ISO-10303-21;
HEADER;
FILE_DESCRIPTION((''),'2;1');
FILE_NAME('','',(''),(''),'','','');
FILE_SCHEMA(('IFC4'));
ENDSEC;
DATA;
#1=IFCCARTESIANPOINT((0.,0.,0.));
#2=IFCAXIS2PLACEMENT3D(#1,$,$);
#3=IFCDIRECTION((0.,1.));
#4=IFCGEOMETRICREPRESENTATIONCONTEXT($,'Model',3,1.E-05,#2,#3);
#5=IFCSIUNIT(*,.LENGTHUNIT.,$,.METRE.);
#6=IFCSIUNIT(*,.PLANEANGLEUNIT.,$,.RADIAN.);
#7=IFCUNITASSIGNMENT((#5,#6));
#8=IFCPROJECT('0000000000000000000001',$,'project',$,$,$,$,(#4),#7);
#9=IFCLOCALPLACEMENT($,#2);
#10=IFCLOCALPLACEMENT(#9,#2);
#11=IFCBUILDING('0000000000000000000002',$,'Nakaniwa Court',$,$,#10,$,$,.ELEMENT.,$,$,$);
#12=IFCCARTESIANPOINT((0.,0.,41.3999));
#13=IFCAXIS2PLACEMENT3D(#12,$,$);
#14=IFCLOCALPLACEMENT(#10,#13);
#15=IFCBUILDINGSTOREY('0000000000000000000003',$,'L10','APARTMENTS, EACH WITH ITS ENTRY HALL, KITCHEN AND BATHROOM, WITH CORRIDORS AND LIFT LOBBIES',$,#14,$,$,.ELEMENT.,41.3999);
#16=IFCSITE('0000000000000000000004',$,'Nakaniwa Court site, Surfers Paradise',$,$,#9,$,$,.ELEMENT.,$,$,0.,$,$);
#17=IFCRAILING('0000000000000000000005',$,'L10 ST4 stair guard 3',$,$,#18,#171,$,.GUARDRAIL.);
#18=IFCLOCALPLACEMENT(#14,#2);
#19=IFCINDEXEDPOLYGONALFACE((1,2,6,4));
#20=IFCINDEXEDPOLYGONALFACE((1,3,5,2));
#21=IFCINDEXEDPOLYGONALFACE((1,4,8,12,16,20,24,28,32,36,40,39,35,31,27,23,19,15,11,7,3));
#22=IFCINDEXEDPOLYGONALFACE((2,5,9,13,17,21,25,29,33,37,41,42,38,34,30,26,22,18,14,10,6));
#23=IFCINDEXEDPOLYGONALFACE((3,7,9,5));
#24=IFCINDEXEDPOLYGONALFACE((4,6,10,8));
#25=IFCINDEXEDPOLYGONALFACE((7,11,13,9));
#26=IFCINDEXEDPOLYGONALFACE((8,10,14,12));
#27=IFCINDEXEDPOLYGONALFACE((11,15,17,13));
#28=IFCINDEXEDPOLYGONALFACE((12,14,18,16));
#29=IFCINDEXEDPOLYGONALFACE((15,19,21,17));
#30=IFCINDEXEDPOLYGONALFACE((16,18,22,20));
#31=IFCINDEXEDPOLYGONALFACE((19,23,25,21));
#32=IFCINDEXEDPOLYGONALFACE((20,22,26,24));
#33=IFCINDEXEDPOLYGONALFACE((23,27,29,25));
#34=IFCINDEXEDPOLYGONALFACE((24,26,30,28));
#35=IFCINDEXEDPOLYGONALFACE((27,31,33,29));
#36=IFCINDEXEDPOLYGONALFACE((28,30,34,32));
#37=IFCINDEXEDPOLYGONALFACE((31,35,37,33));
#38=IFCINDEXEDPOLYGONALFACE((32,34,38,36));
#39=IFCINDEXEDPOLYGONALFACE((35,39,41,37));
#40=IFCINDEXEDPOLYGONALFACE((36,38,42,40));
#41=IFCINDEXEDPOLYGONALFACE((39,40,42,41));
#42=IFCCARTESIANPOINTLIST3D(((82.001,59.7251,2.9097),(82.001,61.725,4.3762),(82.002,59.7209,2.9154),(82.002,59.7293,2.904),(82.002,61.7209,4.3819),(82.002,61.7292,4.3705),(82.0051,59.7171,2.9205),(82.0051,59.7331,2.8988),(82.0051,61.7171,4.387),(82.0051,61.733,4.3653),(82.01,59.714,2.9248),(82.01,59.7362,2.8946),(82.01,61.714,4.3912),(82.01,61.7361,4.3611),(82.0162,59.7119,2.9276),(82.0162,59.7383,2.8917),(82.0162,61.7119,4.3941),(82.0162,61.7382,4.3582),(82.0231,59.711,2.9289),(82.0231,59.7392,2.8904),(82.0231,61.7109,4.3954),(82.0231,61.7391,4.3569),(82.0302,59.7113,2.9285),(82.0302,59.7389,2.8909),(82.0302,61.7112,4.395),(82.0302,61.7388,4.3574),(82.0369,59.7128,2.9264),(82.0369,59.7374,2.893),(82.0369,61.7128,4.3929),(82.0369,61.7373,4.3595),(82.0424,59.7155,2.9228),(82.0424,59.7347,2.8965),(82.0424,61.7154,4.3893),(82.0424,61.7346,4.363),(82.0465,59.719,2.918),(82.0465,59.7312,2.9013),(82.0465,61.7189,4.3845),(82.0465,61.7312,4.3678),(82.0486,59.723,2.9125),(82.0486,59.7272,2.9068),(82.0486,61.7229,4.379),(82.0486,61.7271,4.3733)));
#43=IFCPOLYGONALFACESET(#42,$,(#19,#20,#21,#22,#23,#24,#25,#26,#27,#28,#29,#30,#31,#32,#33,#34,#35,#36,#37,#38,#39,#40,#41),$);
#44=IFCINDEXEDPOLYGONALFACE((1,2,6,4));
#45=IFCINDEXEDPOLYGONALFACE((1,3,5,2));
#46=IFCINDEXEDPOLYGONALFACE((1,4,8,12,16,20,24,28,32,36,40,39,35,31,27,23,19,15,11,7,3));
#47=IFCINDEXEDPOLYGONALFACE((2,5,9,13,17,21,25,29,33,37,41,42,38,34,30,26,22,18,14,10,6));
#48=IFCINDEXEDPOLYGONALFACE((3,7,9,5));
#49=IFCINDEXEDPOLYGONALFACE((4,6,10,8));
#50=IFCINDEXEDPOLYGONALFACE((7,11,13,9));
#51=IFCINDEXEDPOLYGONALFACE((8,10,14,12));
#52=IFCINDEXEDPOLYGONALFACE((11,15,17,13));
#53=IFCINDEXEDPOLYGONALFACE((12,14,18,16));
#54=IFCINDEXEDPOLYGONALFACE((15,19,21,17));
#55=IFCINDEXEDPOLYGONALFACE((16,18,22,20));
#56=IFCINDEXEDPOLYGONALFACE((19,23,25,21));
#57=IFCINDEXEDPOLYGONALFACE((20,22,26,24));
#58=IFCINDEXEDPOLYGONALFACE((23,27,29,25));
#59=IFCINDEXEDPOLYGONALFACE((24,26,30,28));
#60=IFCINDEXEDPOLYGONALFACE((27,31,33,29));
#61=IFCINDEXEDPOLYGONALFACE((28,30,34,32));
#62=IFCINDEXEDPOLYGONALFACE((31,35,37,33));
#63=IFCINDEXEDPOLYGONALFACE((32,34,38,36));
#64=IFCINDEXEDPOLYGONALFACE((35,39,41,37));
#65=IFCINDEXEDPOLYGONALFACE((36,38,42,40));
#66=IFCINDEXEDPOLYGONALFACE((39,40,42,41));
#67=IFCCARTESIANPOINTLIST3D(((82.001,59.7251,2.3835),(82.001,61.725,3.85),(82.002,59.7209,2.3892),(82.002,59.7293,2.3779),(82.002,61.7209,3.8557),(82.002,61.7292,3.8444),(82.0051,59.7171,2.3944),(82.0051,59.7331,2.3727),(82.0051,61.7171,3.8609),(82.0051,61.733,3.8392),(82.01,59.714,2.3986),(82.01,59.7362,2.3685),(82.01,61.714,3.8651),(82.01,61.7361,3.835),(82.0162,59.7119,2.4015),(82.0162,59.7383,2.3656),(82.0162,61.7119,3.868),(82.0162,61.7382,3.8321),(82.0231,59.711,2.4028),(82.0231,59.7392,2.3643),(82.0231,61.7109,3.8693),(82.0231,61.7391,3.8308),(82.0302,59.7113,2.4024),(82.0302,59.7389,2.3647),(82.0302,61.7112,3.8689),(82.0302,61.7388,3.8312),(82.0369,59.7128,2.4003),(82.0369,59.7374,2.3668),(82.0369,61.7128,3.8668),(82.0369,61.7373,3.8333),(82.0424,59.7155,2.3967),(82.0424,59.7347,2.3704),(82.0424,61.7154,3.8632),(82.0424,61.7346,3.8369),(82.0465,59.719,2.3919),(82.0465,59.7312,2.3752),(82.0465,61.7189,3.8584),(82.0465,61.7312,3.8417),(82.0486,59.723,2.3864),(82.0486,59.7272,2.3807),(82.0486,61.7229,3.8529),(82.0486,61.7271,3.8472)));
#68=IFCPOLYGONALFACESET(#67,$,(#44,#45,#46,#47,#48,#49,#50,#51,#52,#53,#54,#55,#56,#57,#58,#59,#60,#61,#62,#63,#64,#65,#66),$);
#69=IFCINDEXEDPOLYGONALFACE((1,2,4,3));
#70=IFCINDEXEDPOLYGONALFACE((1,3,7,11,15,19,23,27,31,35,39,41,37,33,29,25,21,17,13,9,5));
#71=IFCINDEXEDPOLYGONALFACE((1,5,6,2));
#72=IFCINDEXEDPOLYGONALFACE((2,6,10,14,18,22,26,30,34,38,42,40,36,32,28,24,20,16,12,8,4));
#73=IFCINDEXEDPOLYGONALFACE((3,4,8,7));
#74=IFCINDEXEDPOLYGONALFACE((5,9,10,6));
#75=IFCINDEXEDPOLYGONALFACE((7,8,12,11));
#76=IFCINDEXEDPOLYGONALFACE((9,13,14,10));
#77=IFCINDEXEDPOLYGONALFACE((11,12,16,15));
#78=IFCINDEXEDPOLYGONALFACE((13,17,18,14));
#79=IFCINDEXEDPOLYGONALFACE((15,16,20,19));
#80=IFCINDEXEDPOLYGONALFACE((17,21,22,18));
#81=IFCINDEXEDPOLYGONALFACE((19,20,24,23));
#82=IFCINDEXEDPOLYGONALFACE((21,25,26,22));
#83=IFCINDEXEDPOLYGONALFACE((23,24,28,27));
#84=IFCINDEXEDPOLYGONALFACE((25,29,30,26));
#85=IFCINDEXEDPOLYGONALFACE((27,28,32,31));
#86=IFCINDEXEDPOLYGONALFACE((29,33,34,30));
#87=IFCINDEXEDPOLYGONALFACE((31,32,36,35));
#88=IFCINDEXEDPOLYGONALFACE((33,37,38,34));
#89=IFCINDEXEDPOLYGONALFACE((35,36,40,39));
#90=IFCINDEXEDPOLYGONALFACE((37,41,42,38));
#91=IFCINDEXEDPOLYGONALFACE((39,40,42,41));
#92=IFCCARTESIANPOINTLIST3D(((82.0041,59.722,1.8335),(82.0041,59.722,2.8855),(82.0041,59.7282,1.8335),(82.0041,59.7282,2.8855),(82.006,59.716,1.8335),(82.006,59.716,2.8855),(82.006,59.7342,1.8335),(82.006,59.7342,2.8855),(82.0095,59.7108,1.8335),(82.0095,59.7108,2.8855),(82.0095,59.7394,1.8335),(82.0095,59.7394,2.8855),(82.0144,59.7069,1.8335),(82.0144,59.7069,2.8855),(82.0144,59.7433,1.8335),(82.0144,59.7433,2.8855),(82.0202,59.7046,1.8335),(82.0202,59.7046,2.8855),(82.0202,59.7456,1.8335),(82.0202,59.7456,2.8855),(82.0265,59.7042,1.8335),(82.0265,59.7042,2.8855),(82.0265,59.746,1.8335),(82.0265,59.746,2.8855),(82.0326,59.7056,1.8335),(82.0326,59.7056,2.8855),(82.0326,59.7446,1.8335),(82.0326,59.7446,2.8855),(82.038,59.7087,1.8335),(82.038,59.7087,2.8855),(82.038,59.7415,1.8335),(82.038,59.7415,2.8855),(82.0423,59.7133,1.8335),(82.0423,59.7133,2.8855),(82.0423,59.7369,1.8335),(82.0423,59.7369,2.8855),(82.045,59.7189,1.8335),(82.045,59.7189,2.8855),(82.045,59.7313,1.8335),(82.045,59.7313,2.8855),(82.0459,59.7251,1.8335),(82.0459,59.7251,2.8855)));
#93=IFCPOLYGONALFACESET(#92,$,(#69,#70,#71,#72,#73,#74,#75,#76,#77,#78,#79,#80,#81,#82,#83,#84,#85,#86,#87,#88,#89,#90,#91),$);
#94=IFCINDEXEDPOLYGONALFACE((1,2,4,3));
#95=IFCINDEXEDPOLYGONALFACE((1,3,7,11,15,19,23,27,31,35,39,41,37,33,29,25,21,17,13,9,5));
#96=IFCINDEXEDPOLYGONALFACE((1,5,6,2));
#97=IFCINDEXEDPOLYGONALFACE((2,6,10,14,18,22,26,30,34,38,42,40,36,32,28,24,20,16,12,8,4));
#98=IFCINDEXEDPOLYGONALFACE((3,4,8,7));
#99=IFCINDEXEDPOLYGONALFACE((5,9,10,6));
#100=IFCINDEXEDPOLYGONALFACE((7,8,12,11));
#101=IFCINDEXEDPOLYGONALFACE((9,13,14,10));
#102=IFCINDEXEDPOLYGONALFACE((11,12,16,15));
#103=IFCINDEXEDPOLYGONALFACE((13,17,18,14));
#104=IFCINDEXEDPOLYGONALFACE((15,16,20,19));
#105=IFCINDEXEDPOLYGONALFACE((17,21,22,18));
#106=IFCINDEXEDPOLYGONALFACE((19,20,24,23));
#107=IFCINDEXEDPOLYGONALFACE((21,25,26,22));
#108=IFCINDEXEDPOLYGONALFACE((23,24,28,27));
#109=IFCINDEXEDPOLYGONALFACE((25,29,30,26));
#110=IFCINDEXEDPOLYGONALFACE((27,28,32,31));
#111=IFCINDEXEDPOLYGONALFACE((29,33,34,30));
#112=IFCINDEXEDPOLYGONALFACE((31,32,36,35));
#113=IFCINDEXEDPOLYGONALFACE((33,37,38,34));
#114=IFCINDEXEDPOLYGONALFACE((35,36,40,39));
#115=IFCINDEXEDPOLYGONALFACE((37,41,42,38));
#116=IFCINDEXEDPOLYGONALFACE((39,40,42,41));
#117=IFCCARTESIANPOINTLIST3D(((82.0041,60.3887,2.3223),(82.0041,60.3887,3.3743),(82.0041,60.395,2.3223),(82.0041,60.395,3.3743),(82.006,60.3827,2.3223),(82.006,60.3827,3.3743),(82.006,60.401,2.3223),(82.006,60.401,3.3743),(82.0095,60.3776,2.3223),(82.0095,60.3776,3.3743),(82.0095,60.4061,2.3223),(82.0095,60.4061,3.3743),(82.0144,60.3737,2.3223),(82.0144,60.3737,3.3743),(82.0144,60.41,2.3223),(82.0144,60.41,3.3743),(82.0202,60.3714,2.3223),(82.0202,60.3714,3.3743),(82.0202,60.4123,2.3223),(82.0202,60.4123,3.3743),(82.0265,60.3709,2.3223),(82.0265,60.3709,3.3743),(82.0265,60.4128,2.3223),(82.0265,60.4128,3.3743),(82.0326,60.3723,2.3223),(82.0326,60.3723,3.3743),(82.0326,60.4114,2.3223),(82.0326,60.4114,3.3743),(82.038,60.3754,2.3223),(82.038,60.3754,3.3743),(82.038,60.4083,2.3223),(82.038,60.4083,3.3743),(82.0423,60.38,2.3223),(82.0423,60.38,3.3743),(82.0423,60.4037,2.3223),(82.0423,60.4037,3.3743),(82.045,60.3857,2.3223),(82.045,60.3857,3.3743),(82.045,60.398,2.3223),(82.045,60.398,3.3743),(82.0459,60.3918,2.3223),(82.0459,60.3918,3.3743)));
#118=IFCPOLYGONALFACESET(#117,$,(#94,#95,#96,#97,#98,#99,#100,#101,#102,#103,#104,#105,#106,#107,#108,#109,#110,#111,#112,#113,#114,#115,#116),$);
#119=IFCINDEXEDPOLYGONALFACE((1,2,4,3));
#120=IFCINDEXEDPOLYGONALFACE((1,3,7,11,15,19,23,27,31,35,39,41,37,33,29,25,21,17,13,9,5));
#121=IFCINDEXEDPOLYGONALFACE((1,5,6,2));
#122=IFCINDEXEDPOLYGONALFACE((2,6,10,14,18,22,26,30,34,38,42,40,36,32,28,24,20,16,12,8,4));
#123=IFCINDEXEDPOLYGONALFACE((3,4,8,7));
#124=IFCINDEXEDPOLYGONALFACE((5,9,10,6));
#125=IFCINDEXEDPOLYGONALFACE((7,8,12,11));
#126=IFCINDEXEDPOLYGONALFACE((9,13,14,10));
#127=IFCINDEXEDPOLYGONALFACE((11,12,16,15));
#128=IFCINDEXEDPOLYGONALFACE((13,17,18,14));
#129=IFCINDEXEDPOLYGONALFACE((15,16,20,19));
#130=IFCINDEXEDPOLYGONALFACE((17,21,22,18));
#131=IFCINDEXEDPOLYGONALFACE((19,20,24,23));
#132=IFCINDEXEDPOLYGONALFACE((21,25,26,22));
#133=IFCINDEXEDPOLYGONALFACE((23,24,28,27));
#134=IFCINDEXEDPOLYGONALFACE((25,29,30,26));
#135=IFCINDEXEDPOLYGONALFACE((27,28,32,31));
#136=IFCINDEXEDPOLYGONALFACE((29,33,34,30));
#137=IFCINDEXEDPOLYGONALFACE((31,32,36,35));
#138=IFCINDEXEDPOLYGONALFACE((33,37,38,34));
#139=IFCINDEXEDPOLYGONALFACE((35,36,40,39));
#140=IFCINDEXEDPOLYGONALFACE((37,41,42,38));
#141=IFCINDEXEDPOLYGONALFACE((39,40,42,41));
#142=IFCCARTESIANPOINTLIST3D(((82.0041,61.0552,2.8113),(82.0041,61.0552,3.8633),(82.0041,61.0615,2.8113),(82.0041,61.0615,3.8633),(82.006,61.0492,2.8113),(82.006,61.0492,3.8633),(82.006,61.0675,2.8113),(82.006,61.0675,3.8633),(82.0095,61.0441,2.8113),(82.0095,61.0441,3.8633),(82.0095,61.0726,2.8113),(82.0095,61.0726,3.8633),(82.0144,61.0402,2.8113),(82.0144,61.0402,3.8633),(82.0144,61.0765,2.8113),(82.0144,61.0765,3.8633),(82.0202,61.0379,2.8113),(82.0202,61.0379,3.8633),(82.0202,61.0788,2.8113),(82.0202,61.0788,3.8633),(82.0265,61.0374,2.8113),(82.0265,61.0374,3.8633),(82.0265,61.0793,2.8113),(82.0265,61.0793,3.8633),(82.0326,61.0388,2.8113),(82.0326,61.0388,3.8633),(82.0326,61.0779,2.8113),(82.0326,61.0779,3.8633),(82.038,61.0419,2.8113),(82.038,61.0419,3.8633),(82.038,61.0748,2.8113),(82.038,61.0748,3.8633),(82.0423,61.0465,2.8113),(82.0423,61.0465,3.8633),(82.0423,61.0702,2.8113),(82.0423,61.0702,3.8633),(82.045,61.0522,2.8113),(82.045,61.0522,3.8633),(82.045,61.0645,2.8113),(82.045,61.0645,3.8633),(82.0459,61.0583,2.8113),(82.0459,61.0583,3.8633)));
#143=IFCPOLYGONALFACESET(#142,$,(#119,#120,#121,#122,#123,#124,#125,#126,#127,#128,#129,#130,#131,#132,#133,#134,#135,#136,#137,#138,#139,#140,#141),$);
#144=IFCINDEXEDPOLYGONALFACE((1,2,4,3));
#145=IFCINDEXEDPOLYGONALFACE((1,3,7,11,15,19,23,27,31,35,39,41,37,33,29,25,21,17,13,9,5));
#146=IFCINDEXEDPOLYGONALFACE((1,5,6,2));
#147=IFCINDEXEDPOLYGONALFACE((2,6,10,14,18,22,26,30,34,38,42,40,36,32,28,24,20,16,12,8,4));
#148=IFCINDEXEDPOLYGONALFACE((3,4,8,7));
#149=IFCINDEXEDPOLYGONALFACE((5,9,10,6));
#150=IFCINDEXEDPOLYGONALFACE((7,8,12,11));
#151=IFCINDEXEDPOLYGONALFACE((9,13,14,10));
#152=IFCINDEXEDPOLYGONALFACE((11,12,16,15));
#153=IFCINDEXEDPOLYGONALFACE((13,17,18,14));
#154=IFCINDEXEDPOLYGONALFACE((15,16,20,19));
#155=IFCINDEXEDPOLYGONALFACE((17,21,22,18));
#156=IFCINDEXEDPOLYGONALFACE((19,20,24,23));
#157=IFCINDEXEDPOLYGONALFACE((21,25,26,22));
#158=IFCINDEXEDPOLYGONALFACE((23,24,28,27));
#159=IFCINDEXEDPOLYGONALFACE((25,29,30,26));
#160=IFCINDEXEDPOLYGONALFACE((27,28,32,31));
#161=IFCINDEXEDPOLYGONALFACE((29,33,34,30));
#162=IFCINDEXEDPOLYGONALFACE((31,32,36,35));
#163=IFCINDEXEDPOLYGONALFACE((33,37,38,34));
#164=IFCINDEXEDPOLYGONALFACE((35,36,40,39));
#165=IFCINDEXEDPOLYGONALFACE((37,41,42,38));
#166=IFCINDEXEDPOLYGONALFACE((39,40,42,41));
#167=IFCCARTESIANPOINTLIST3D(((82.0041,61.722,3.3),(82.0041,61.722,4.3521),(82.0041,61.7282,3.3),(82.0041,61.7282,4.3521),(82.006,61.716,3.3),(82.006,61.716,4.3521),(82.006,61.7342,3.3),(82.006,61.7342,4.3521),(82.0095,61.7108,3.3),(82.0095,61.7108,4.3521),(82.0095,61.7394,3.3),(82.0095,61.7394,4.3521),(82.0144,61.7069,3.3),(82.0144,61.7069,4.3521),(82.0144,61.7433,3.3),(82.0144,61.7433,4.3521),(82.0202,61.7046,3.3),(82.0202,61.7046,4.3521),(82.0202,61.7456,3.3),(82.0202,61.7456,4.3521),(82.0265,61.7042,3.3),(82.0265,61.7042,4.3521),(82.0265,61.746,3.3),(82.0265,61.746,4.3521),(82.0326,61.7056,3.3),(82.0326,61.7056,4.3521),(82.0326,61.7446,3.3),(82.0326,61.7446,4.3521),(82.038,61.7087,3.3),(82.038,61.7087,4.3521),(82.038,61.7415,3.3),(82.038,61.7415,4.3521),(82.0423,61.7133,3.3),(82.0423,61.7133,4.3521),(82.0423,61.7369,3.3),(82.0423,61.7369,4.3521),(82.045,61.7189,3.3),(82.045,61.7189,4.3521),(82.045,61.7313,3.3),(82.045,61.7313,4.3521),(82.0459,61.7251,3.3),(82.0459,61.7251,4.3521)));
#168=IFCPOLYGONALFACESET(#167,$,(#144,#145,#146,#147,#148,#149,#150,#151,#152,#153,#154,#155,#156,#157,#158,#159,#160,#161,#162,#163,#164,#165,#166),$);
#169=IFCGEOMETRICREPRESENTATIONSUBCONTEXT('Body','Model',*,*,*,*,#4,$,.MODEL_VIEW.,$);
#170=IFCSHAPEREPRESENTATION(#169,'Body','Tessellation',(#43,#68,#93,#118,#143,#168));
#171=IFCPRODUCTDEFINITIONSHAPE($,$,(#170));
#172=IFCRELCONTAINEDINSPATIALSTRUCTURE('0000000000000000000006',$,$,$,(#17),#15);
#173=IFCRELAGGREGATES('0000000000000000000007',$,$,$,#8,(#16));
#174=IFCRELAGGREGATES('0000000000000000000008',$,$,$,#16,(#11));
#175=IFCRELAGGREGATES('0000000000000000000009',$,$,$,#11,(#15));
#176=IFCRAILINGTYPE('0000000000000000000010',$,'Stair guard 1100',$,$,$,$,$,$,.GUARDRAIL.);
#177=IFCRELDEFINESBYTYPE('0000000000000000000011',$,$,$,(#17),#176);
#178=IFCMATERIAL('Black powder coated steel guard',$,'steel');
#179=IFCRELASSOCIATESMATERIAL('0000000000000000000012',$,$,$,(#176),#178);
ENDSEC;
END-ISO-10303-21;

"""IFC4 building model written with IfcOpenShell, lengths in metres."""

from ifc_helpers import new_model, si_unit, direction, frame, origin, origin_2d, place, context, subcontext, project, spatial, circle, extrude, material, type_object, element, save


model = new_model("IFC4")

# Units and contexts
model_context = context("Model", 3, precision=1e-05, world=origin(), true_north=direction((0.0, 1.0)))
body_context = subcontext(model_context, "Body", "Model", "MODEL_VIEW")
ifc_project = project(units=[si_unit("LENGTHUNIT", "METRE"), si_unit("PLANEANGLEUNIT", "RADIAN")], contexts=[model_context])

# Site, building, storey
site_placement = place(None, origin())
site = spatial("IfcSite", under=ifc_project, at=site_placement, Name="Nakaniwa Court site, Surfers Paradise", CompositionType="ELEMENT", RefElevation=0.0)
building_placement = place(site_placement, origin())
building = spatial("IfcBuilding", under=site, at=building_placement, Name="Nakaniwa Court", CompositionType="ELEMENT")
storey_placement = place(building_placement, frame((0.0, 0.0, 41.3999)))
storey = spatial("IfcBuildingStorey", under=building, at=storey_placement, Name="L10", Description="APARTMENTS, EACH WITH ITS ENTRY HALL, KITCHEN AND BATHROOM, WITH CORRIDORS AND LIFT LOBBIES", CompositionType="ELEMENT", Elevation=41.3999)

# Railing
ifc_material_1 = material(Name="Black powder coated steel guard", Category="steel")
railing_type_1 = type_object("IfcRailingType", Name="Stair guard 1100", PredefinedType="GUARDRAIL", material=ifc_material_1)
railing_1_placement = place(storey_placement, frame((82.0249, 59.7251, 1.8335)))
element("IfcRailing", 1, at=railing_1_placement, inside=storey, type_object=railing_type_1, Name="L10 ST4 stair guard 3", PredefinedType="GUARDRAIL", context=body_context, shape_type="SweptSolid", body=[
    extrude(circle(Radius=0.0239, at=origin_2d()), frame((0.0, 0.0, 1.0762), z_axis=(0.0, 0.806427, 0.591334), x_axis=(-1.0, 0.0, 0.0)), (0.0, 0.0, 1.0), 2.48),
    extrude(circle(Radius=0.0239, at=origin_2d()), frame((0.0, 0.0, 0.55), z_axis=(0.0, 0.806427, 0.591334), x_axis=(-1.0, 0.0, 0.0)), (0.0, 0.0, 1.0), 2.48),
    extrude(circle(Radius=0.021, at=origin_2d()), origin(), (0.0, 0.0, 1.0), 1.052),
    extrude(circle(Radius=0.021, at=origin_2d()), frame((0.0, 0.6667, 0.4888)), (0.0, 0.0, 1.0), 1.052),
    extrude(circle(Radius=0.021, at=origin_2d()), frame((0.0, 1.3333, 0.9778)), (0.0, 0.0, 1.0), 1.052),
    extrude(circle(Radius=0.021, at=origin_2d()), frame((0.0, 2.0, 1.4666)), (0.0, 0.0, 1.0), 1.052),
])

save(model, "model.ifc")
